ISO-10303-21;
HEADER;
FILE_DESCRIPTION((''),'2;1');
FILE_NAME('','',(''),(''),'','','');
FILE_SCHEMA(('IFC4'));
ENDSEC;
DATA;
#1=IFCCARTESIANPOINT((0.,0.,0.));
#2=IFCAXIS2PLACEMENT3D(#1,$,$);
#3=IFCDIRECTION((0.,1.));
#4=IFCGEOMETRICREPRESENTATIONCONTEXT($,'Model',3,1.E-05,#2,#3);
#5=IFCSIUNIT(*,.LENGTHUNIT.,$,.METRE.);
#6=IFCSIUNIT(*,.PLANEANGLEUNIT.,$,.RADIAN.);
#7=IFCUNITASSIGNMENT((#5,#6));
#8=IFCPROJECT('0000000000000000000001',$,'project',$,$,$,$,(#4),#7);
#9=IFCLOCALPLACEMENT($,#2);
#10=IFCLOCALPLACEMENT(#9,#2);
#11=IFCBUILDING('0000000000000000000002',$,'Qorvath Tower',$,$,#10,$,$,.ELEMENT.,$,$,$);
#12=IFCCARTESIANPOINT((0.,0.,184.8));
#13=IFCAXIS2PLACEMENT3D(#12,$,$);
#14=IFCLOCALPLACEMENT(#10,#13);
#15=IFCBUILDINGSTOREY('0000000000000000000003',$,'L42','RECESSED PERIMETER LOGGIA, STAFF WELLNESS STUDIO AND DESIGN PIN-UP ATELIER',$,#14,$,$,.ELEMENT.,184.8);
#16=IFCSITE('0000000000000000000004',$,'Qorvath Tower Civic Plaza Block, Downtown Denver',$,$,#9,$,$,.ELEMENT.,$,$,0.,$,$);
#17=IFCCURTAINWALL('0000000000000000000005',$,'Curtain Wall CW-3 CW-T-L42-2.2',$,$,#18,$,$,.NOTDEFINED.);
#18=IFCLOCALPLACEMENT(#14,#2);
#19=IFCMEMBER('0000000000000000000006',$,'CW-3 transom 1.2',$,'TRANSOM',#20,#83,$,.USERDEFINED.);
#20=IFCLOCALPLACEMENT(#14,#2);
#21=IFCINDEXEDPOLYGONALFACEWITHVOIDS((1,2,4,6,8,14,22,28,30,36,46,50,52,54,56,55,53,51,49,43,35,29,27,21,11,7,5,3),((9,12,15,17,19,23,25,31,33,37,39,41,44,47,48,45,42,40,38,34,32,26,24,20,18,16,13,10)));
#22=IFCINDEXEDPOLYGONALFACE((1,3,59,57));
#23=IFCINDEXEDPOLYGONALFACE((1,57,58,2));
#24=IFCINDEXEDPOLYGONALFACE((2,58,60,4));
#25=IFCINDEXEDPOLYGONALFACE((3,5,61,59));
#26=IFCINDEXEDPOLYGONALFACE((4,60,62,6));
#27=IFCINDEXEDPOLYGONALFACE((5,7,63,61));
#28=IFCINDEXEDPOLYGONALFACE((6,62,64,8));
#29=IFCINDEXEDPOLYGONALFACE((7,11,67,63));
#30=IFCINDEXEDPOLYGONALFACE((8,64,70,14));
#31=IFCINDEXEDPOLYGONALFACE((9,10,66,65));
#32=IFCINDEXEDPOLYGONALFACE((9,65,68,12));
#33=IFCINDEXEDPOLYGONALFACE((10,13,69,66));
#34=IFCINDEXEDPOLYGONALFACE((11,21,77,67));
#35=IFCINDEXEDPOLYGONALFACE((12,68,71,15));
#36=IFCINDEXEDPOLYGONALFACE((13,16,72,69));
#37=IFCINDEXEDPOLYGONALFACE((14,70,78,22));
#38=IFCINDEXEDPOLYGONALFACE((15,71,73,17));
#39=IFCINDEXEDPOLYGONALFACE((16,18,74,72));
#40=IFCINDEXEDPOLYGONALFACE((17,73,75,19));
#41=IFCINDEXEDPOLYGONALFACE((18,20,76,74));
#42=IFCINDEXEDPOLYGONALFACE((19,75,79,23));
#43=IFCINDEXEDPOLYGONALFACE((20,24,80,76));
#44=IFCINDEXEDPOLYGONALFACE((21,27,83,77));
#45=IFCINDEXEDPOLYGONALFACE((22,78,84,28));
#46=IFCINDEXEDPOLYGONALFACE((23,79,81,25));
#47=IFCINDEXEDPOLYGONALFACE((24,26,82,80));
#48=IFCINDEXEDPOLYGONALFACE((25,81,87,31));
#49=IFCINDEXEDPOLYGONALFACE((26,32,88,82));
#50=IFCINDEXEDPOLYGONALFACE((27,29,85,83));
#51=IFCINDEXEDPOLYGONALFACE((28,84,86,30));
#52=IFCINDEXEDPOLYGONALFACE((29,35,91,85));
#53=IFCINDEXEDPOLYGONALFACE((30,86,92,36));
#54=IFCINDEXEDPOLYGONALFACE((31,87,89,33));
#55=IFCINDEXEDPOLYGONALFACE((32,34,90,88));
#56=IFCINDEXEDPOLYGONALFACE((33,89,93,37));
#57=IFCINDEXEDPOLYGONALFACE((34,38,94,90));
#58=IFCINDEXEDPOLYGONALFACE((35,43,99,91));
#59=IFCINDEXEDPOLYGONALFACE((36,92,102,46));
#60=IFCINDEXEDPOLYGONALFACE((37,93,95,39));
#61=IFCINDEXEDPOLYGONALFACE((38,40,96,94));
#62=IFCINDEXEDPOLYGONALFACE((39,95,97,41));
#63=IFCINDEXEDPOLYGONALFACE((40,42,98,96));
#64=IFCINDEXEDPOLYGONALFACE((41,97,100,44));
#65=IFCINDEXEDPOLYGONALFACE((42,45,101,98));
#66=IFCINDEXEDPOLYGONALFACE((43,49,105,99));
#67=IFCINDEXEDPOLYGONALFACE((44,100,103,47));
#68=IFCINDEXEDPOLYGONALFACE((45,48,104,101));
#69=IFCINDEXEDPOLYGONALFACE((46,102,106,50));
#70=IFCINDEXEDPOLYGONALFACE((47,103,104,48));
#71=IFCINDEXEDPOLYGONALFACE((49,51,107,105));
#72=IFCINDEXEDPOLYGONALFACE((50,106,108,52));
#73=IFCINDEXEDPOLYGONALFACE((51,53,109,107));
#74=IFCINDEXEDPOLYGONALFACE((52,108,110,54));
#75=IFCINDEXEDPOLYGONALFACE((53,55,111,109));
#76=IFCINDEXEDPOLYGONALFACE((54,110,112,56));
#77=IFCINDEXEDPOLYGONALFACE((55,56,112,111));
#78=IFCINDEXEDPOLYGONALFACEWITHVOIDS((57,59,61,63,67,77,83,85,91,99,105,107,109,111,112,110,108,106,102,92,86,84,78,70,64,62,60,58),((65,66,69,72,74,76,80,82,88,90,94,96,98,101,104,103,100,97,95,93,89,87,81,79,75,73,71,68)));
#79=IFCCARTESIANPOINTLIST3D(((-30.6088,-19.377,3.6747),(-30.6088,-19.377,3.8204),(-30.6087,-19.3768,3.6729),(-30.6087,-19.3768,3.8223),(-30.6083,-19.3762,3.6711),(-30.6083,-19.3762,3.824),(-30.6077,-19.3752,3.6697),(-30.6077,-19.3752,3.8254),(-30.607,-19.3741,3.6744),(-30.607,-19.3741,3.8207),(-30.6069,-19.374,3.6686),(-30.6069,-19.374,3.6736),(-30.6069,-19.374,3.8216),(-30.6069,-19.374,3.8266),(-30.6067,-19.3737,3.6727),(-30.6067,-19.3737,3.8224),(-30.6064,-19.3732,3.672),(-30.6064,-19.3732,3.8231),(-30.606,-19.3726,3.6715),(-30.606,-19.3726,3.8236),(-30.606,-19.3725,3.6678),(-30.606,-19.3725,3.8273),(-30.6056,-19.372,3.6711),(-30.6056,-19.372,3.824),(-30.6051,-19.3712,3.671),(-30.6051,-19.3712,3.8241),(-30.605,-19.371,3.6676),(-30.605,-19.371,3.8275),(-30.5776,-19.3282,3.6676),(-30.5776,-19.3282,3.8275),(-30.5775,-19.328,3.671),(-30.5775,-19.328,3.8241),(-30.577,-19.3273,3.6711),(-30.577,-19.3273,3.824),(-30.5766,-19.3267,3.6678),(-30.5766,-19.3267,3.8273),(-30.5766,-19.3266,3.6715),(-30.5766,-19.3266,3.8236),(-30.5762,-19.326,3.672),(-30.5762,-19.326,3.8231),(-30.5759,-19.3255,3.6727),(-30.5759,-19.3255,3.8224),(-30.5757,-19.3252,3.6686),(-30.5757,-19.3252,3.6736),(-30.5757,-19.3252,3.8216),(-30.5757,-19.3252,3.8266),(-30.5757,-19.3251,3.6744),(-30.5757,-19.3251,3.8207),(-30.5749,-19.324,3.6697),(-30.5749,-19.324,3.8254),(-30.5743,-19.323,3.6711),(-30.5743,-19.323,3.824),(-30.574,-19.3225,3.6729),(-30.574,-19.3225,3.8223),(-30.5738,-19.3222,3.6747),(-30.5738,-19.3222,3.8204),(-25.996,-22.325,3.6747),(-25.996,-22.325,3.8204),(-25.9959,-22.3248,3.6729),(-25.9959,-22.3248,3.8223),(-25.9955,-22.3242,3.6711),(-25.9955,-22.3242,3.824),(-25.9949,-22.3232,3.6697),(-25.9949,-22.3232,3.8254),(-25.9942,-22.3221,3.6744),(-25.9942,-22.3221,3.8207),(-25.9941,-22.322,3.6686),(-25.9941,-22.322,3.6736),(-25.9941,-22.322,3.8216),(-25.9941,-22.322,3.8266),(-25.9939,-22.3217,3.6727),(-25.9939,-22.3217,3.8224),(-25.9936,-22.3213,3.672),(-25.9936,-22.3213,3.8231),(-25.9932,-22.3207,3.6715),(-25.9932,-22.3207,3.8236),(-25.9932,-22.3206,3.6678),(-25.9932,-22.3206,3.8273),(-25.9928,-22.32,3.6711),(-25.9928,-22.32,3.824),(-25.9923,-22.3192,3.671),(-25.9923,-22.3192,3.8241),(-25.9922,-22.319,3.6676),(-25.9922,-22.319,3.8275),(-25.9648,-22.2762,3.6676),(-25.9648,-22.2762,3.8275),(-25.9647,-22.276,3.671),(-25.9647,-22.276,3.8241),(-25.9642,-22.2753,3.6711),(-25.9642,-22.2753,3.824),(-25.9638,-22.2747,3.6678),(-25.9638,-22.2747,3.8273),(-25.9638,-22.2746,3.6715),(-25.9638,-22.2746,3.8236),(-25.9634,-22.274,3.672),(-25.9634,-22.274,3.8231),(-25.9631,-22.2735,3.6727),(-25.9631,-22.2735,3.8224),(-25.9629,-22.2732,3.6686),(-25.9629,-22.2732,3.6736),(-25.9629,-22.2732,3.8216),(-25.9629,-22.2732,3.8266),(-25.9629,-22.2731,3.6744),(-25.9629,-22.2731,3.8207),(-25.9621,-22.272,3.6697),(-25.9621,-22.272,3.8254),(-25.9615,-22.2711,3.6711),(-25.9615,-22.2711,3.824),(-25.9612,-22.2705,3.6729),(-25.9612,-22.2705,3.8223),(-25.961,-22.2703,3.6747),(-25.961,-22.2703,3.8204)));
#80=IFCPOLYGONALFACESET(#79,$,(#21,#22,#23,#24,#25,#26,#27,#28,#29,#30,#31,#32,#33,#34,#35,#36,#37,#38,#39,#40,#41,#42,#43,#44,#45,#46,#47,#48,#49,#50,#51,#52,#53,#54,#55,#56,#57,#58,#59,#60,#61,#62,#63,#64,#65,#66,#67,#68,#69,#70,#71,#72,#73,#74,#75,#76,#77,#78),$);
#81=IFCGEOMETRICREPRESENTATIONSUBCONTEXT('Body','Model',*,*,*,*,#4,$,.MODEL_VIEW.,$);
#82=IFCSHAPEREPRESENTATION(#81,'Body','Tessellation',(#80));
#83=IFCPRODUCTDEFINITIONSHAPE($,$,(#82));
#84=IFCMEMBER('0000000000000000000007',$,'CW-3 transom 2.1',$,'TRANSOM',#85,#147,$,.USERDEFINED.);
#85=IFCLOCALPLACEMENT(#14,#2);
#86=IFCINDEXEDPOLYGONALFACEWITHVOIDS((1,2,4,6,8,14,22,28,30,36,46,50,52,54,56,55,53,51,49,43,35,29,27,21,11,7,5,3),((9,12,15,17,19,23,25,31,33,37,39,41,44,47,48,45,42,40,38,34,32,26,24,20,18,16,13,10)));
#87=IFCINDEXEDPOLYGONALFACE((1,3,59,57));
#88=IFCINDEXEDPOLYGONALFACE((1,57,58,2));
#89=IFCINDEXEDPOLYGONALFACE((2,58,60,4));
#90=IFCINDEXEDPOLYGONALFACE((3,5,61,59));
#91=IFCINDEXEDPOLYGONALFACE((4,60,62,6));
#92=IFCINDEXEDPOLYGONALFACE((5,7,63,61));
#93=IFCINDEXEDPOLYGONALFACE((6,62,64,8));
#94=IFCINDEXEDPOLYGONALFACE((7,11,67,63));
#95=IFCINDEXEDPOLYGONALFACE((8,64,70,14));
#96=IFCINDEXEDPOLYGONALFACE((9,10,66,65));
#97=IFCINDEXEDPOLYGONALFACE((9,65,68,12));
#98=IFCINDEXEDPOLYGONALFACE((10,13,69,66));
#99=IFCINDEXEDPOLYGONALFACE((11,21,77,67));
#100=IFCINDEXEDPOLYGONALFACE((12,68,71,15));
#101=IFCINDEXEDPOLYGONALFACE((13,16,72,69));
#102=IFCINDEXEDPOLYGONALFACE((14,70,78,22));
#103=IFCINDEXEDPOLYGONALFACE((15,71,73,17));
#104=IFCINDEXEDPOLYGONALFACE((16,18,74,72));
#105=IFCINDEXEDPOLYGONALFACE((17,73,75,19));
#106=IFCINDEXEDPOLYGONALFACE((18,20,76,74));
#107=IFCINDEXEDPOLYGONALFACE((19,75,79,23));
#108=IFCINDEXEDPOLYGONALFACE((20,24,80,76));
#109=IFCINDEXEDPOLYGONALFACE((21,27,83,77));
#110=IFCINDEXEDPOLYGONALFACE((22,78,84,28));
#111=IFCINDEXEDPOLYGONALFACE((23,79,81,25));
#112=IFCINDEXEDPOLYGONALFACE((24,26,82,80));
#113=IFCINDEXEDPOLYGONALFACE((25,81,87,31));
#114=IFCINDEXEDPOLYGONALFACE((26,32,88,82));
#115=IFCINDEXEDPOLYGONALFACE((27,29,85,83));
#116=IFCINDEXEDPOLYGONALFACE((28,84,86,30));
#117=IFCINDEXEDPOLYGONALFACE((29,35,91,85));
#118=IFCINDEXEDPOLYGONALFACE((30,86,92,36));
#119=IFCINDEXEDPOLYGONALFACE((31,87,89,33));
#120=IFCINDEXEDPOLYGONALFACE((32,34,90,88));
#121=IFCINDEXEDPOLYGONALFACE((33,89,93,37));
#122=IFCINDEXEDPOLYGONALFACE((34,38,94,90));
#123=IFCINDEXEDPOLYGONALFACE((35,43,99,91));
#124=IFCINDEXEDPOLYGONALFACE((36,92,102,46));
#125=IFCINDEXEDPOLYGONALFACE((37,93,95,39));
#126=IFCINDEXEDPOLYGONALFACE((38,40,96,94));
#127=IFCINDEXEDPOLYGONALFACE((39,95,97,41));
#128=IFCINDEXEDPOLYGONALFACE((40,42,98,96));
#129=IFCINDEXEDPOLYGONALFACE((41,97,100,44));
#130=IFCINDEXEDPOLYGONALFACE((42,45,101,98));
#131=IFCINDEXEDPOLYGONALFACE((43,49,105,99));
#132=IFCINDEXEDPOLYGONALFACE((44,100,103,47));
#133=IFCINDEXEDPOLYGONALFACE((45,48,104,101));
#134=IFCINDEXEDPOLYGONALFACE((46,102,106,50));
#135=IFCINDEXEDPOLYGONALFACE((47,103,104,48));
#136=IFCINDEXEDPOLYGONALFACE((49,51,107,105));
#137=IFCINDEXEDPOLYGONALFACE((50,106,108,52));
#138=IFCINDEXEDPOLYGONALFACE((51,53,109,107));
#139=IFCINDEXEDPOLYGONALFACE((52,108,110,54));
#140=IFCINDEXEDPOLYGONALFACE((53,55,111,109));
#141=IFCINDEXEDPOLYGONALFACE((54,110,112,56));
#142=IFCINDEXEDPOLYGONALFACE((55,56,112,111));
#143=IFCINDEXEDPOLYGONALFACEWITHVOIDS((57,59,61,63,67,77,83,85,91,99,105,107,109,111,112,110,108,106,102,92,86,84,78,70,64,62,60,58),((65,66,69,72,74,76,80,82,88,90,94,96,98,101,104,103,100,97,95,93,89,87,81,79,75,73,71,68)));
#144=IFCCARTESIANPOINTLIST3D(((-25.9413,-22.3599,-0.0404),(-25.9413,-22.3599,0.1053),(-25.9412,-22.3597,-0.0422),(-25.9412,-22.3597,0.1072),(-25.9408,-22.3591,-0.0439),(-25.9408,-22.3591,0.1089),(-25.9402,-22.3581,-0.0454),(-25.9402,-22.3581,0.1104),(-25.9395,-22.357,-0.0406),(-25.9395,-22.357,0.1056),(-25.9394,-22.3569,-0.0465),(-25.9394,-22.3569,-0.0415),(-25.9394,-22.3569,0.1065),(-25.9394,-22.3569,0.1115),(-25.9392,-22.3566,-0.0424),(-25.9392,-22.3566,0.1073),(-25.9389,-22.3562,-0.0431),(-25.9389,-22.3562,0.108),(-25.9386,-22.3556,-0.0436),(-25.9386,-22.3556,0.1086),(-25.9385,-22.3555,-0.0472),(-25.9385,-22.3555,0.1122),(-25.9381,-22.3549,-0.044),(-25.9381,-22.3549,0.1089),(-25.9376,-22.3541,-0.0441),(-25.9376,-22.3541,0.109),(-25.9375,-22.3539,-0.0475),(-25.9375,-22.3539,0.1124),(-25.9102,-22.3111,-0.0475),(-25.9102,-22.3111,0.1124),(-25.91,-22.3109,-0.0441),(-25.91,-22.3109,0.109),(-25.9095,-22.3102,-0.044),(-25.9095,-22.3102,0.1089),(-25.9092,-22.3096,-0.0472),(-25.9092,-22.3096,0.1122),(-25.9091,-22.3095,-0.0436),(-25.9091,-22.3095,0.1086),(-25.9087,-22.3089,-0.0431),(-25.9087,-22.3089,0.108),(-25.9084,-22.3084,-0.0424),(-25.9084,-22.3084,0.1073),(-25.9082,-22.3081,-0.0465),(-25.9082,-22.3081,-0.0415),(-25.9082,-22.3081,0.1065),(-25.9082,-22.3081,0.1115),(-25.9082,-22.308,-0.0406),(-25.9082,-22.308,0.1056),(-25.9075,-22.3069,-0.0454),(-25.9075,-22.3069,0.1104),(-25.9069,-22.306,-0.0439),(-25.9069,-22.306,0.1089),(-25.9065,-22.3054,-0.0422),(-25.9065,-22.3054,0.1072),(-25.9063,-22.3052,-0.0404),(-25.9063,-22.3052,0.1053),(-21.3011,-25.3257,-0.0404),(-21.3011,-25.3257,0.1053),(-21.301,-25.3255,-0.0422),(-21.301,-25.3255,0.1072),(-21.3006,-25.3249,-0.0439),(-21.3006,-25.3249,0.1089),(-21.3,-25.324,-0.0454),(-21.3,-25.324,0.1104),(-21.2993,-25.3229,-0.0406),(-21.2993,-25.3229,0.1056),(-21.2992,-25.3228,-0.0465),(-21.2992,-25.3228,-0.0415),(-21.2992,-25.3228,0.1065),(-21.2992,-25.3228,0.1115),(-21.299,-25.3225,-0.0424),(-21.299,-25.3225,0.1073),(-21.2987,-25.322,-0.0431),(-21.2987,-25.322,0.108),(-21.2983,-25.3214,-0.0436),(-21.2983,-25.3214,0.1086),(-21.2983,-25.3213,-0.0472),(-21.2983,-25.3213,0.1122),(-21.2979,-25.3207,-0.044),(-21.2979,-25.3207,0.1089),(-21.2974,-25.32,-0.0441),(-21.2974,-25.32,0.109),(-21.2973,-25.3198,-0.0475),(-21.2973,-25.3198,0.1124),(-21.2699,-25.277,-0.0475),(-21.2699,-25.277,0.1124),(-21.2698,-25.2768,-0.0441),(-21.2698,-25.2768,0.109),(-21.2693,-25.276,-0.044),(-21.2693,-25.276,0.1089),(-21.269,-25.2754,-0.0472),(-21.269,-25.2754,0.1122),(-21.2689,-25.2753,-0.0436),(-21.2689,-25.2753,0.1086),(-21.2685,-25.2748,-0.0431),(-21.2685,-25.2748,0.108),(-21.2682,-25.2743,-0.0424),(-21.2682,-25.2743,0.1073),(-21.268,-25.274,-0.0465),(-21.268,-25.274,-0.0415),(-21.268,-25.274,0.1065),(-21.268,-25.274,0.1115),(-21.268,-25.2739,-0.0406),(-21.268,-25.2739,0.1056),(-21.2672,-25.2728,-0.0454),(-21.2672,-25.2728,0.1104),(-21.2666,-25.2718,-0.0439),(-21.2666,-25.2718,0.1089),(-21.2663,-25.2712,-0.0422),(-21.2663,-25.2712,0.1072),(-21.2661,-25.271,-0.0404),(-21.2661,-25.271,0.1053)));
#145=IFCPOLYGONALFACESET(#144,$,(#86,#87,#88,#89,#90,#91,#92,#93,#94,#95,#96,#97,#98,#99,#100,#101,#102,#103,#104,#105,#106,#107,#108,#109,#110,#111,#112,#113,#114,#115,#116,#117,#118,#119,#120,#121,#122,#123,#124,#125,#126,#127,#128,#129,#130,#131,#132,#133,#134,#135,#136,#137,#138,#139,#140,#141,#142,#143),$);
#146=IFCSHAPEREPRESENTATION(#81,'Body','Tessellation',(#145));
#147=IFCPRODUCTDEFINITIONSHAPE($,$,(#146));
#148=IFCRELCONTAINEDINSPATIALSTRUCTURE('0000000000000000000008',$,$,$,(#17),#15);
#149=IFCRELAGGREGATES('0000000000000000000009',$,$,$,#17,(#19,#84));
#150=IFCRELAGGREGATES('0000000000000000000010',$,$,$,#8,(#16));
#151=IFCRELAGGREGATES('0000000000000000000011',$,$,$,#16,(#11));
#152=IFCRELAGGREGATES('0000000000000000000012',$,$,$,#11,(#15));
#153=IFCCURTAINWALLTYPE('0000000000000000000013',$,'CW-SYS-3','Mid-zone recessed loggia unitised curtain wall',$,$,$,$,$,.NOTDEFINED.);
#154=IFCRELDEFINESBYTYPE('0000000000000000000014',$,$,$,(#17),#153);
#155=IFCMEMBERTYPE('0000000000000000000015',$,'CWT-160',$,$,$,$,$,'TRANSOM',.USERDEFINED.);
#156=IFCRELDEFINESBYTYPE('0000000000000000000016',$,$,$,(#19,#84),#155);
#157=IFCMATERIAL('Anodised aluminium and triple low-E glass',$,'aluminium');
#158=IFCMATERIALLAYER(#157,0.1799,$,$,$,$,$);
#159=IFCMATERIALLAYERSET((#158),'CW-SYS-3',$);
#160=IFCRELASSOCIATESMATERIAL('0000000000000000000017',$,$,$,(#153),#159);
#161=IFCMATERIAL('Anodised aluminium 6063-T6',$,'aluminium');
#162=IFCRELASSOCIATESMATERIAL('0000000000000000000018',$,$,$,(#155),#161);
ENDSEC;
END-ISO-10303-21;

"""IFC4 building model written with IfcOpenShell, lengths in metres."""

from ifc_helpers import new_model, si_unit, direction, frame, origin, origin_2d, place, context, subcontext, project, spatial, hollow_rectangle, extrude, material, layer, layer_set, material_profile, profile_set, type_object, element, aggregate, save


model = new_model("IFC4")

# Units and contexts
model_context = context("Model", 3, precision=1e-05, world=origin(), true_north=direction((0.0, 1.0)))
body_context = subcontext(model_context, "Body", "Model", "MODEL_VIEW")
ifc_project = project(units=[si_unit("LENGTHUNIT", "METRE"), si_unit("PLANEANGLEUNIT", "RADIAN")], contexts=[model_context])

# Site, building, storey
site_placement = place(None, origin())
site = spatial("IfcSite", under=ifc_project, at=site_placement, Name="Qorvath Tower Civic Plaza Block, Downtown Denver", CompositionType="ELEMENT", RefElevation=0.0)
building_placement = place(site_placement, origin())
building = spatial("IfcBuilding", under=site, at=building_placement, Name="Qorvath Tower", CompositionType="ELEMENT")
storey_placement = place(building_placement, frame((0.0, 0.0, 184.8)))
storey = spatial("IfcBuildingStorey", under=building, at=storey_placement, Name="L42", Description="RECESSED PERIMETER LOGGIA, STAFF WELLNESS STUDIO AND DESIGN PIN-UP ATELIER", CompositionType="ELEMENT", Elevation=184.8)

# Curtain wall, members
ifc_material_1 = material(Name="Anodised aluminium and triple low-E glass", Category="aluminium")
ifc_layer_1 = layer(ifc_material_1, 0.1799)
ifc_layer_set_1 = layer_set([ifc_layer_1], Name="CW-SYS-3")
curtain_wall_type = type_object("IfcCurtainWallType", Name="CW-SYS-3", Description="Mid-zone recessed loggia unitised curtain wall", PredefinedType="NOTDEFINED", material=ifc_layer_set_1)
curtain_wall_placement = place(storey_placement, origin())
curtain_wall = element("IfcCurtainWall", 1, at=curtain_wall_placement, inside=storey, type_object=curtain_wall_type, Name="Curtain Wall CW-3 CW-T-L42-2.2", PredefinedType="NOTDEFINED")
ifc_material_2 = material(Name="Anodised aluminium 6063-T6", Category="aluminium")
ifc_material_profile_1 = material_profile(ifc_material_2, hollow_rectangle(XDim=0.0649, YDim=0.1599, WallThickness=0.0034, InnerFilletRadius=0.0034, OuterFilletRadius=0.0071, at=origin_2d()), Name="CWT 160x65")
ifc_profile_set_1 = profile_set([ifc_material_profile_1], Name="Anodised aluminium 6063-T6")
member_type_1 = type_object("IfcMemberType", Name="CWT-160", ElementType="TRANSOM", PredefinedType="USERDEFINED", material=ifc_profile_set_1)
member_1_placement = place(storey_placement, frame((-30.5913, -19.3496, 3.7476), z_axis=(0.842619, -0.538511, 0.0), x_axis=(0.538511, 0.842619, 0.0)))
member_1 = element("IfcMember", 2, at=member_1_placement, type_object=member_type_1, Name="CW-3 transom 1.2", ObjectType="TRANSOM", PredefinedType="USERDEFINED", context=body_context, shape_type="SweptSolid", body=[
    extrude(hollow_rectangle(XDim=0.0649, YDim=0.1599, WallThickness=0.0034, InnerFilletRadius=0.0034, OuterFilletRadius=0.0071, at=origin_2d()), origin(), (0.0, 0.0, 1.0), 5.4744),
])
member_2_placement = place(storey_placement, frame((-25.9238, -22.3325, 0.0325), z_axis=(0.84259, -0.538555, 0.0), x_axis=(0.538555, 0.84259, 0.0)))
member_2 = element("IfcMember", 3, at=member_2_placement, type_object=member_type_1, Name="CW-3 transom 2.1", ObjectType="TRANSOM", PredefinedType="USERDEFINED", context=body_context, shape_type="SweptSolid", body=[
    extrude(hollow_rectangle(XDim=0.0649, YDim=0.1599, WallThickness=0.0034, InnerFilletRadius=0.0034, OuterFilletRadius=0.0071, at=origin_2d()), origin(), (0.0, 0.0, 1.0), 5.5071),
])
aggregate(curtain_wall, [member_1, member_2])

save(model, "model.ifc")
